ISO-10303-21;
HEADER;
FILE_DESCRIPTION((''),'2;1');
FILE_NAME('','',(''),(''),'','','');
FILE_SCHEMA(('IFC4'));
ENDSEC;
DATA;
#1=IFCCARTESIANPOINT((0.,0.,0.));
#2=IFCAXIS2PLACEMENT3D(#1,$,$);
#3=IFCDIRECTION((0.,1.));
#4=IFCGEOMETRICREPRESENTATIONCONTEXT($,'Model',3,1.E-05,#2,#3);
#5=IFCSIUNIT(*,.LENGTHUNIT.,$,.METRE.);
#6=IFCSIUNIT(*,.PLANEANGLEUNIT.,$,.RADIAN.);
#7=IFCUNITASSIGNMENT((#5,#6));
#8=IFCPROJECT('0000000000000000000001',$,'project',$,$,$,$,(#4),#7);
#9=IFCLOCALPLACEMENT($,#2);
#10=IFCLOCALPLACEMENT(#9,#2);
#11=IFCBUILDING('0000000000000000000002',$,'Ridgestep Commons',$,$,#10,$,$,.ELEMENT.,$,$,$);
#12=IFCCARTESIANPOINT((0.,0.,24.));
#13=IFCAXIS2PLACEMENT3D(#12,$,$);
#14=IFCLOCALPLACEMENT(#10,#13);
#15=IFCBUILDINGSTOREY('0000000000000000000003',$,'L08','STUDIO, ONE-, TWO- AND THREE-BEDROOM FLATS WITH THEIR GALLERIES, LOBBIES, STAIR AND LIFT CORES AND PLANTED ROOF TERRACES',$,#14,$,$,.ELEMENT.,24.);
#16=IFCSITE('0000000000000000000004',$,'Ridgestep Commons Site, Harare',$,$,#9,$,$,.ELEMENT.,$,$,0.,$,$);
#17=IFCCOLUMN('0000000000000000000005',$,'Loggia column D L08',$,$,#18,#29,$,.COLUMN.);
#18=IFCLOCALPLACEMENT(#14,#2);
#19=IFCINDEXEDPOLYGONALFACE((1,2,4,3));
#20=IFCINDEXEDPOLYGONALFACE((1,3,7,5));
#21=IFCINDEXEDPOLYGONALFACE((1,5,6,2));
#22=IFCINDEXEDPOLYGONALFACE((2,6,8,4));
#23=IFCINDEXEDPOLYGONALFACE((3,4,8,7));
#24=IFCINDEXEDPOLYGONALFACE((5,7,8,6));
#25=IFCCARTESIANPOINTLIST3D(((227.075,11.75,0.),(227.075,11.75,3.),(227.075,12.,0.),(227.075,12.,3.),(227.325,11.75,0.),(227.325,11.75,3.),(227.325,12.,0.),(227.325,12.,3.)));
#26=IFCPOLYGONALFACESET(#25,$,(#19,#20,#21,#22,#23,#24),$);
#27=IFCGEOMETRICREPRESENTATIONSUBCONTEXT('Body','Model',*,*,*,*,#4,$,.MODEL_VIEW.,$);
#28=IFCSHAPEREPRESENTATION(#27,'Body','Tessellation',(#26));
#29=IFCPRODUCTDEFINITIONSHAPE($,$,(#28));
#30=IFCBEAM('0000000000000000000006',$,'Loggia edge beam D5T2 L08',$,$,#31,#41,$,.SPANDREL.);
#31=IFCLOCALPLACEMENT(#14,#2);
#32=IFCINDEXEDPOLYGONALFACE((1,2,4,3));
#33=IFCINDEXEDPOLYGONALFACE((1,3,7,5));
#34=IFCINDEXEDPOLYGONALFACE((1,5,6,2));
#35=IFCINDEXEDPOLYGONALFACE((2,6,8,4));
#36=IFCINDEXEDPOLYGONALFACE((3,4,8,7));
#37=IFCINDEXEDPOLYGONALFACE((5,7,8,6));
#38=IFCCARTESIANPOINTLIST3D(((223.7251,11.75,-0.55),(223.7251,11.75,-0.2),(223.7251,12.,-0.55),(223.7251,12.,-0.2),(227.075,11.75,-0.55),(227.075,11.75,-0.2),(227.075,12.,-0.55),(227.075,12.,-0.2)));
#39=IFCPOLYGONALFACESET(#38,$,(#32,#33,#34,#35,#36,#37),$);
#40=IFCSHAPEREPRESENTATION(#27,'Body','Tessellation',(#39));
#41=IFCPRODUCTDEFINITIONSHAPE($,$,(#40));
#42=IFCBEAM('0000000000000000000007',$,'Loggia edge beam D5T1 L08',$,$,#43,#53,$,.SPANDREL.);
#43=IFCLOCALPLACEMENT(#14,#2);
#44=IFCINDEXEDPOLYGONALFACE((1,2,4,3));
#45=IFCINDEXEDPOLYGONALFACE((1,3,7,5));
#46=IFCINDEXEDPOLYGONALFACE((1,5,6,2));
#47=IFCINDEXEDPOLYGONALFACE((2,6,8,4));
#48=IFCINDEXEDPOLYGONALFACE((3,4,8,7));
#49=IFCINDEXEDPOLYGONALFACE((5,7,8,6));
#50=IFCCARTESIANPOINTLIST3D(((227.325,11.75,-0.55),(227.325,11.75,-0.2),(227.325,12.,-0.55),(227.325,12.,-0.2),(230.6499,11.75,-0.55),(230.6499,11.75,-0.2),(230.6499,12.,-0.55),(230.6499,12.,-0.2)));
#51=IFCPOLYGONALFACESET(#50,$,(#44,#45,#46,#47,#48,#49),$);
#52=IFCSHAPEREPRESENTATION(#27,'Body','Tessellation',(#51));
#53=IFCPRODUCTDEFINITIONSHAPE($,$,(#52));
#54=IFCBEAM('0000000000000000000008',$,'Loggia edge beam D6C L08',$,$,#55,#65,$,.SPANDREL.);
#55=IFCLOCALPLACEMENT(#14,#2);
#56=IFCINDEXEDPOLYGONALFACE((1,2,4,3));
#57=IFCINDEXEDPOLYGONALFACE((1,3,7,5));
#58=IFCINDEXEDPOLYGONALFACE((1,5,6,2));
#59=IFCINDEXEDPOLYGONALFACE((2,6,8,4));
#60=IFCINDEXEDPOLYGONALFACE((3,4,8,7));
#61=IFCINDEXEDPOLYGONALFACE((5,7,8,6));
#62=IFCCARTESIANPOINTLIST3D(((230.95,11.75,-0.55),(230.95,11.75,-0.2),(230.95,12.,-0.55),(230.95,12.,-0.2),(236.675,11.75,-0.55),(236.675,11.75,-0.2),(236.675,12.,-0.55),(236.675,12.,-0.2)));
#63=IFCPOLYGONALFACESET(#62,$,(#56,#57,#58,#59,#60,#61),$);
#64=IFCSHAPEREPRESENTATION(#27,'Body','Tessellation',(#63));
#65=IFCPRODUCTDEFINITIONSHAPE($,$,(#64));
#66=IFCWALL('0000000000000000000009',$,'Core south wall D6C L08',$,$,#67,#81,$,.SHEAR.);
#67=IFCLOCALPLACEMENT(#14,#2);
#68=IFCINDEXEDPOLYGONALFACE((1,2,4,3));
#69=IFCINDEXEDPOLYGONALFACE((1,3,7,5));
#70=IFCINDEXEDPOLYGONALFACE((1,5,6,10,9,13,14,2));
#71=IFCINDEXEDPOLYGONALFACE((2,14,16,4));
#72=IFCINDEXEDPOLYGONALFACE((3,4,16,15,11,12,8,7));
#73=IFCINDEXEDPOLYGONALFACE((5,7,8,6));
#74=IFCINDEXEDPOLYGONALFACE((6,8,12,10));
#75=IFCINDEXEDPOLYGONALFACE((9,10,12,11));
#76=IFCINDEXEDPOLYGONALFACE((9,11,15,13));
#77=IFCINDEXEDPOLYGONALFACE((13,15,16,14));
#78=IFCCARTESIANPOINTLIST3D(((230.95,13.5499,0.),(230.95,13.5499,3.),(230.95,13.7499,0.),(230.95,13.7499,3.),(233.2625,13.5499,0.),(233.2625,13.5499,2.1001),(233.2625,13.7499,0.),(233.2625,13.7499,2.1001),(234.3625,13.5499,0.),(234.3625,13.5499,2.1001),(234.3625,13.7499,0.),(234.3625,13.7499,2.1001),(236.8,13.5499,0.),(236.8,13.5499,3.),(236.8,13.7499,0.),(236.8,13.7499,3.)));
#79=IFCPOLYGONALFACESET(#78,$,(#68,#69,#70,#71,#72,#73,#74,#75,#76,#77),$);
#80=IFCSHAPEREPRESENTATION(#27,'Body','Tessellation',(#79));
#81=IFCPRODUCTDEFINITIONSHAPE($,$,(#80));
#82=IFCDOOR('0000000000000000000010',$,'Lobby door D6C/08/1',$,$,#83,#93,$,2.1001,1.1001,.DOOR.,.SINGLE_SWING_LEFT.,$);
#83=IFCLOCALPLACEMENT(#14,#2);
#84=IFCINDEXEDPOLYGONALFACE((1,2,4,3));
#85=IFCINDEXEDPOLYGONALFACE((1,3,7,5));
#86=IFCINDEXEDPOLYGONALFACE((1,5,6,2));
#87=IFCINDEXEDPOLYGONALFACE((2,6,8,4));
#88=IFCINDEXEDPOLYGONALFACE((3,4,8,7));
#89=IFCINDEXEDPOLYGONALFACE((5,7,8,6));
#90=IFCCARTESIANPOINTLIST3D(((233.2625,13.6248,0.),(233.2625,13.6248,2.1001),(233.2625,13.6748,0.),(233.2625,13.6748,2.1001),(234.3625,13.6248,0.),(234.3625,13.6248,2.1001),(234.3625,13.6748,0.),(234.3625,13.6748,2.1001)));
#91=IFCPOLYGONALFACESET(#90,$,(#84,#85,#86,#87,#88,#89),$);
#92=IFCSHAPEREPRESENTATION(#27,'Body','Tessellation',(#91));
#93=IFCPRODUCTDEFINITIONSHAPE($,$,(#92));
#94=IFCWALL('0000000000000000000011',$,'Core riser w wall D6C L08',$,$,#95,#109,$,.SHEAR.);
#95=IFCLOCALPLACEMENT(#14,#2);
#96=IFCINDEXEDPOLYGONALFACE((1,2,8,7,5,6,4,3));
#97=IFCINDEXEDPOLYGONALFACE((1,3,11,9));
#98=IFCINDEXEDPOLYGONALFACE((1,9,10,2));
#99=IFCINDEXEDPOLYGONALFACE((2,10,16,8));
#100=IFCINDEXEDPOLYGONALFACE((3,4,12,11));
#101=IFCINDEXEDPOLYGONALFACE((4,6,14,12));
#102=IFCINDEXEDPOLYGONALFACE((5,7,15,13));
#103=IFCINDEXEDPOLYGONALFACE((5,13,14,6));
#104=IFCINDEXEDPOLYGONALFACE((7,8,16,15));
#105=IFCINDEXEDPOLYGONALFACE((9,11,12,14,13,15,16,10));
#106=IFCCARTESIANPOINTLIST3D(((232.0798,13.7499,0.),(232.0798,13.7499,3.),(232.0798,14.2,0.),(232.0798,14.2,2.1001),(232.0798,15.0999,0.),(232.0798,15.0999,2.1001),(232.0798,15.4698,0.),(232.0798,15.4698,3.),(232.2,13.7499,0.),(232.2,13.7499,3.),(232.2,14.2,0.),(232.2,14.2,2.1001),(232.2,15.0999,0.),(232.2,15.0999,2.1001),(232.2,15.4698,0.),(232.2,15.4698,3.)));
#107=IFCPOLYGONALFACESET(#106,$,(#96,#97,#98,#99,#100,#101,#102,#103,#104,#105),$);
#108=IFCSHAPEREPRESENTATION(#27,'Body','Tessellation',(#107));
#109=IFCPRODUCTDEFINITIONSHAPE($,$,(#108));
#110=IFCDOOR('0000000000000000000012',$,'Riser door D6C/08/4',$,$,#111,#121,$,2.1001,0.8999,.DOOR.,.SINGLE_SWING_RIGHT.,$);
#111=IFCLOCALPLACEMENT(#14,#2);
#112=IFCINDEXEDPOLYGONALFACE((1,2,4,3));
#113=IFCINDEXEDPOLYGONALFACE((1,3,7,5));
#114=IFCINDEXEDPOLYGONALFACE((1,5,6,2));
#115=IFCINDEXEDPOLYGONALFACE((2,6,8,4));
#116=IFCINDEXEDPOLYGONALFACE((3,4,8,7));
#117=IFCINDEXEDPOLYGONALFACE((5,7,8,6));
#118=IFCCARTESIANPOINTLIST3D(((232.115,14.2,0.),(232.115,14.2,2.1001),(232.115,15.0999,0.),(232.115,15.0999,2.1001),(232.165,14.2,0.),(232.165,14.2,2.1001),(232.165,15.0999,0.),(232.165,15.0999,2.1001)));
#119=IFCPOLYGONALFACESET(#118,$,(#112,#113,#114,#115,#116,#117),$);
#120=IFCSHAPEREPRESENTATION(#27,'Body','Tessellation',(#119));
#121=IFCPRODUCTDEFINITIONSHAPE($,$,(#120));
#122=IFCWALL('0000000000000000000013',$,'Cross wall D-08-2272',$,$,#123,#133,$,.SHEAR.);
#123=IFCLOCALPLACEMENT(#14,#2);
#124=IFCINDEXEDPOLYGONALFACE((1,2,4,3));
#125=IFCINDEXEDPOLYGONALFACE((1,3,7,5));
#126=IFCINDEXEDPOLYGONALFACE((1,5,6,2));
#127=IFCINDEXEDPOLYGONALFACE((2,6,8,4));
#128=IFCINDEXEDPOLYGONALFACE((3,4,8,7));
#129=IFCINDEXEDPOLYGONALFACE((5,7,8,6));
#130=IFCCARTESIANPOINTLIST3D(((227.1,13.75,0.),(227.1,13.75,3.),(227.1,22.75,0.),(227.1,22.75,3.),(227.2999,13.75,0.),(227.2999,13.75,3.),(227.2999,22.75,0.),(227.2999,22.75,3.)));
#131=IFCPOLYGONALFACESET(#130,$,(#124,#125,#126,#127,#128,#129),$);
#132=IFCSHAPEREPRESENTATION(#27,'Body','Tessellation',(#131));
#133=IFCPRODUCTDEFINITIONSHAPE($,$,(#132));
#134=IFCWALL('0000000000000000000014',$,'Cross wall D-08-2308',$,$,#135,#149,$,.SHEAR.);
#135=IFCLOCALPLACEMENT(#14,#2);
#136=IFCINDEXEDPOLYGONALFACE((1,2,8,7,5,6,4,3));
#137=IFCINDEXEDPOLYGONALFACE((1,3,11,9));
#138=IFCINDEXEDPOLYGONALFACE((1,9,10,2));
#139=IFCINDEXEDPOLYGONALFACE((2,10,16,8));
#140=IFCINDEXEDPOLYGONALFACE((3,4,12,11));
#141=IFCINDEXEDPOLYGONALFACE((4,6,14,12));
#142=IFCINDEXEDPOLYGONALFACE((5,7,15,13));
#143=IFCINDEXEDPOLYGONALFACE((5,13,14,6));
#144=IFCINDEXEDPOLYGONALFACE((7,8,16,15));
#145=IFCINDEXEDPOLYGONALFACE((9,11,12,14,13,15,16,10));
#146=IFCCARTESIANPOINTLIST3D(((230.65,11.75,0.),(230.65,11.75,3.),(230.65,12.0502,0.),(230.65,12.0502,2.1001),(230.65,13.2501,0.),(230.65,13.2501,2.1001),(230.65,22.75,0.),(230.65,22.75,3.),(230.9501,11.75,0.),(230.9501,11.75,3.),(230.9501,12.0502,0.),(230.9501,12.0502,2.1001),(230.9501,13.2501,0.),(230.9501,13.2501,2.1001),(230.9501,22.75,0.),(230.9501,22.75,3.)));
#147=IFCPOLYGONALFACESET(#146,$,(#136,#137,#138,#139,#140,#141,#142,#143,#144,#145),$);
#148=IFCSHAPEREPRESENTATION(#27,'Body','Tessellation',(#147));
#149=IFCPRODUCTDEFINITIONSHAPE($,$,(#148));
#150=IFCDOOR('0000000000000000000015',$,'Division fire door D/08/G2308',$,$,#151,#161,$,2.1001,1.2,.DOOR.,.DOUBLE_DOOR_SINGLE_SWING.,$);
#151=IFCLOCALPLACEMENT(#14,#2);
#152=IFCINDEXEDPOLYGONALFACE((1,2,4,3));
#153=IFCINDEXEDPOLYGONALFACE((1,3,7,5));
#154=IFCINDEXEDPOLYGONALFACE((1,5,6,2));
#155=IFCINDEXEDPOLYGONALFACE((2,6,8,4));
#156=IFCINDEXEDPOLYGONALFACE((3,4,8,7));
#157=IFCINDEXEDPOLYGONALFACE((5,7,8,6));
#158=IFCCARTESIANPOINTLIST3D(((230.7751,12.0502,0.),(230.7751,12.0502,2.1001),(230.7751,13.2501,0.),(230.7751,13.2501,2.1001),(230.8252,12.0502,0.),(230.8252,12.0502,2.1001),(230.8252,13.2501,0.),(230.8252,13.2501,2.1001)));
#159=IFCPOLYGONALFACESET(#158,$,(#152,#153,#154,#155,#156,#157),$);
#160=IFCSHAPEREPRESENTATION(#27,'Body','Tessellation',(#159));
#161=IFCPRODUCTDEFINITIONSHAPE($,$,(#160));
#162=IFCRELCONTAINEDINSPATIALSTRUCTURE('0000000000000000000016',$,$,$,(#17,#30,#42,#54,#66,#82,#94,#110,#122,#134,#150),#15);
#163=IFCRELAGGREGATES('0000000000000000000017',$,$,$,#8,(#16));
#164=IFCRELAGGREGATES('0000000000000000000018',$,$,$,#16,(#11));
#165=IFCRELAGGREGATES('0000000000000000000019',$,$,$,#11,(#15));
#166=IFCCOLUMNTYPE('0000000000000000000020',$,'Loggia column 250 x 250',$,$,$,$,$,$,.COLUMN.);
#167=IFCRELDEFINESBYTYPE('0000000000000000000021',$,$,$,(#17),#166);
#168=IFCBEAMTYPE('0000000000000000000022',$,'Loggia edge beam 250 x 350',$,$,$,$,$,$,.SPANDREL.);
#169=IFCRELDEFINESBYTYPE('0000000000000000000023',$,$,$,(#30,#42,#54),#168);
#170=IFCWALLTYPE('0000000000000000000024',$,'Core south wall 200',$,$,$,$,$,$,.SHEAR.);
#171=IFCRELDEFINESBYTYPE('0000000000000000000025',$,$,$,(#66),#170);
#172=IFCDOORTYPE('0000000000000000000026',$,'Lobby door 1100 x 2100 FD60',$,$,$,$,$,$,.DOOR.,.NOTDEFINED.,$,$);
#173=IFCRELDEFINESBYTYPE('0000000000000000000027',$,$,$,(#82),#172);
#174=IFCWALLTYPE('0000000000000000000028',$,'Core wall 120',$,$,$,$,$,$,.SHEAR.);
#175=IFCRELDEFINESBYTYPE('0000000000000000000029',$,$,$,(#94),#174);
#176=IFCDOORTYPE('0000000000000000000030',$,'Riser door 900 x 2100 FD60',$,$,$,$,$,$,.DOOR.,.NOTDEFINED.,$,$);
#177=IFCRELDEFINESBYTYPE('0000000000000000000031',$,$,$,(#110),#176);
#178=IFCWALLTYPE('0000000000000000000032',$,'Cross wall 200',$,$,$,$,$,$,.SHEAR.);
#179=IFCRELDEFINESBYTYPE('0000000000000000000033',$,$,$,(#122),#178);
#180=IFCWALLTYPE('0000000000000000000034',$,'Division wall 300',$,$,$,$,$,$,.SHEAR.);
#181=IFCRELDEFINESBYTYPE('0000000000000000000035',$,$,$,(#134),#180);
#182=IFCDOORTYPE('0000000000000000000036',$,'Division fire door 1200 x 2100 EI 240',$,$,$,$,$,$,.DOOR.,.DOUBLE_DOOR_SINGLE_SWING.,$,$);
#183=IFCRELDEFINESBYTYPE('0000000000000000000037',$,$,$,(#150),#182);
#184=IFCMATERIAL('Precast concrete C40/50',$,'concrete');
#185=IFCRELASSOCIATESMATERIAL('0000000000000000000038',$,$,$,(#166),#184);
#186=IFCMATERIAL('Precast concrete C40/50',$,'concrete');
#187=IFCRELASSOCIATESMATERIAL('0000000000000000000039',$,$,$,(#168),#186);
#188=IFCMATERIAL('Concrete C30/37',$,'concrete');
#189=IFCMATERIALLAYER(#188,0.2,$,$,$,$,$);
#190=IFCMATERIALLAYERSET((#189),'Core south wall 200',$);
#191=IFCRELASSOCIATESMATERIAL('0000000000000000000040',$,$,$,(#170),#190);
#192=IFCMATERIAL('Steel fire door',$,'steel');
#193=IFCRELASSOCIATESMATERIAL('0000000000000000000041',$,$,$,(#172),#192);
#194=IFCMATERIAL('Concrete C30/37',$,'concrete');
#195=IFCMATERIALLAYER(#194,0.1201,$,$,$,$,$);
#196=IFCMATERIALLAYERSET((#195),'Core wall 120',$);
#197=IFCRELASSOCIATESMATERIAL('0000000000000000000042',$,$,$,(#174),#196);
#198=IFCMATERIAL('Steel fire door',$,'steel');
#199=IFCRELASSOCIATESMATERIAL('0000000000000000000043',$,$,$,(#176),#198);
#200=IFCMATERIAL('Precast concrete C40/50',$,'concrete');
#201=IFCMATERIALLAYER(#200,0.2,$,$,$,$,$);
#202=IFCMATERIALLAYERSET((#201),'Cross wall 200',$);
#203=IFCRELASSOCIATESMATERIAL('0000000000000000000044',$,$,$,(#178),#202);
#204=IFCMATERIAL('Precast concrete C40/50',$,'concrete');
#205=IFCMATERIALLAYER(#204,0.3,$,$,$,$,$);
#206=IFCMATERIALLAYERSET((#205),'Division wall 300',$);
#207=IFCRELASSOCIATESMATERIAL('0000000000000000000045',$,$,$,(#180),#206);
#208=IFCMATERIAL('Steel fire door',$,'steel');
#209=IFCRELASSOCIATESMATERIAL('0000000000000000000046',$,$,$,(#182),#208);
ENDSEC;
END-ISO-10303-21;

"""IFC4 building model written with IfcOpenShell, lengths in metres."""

from ifc_helpers import new_model, si_unit, direction, frame, frame_2d, origin, origin_2d, place, context, subcontext, project, spatial, rectangle, extrude, material, layer, layer_set, material_profile, profile_set, type_object, element, fill, save


model = new_model("IFC4")

# Units and contexts
model_context = context("Model", 3, precision=1e-05, world=origin(), true_north=direction((0.0, 1.0)))
body_context = subcontext(model_context, "Body", "Model", "MODEL_VIEW")
ifc_project = project(units=[si_unit("LENGTHUNIT", "METRE"), si_unit("PLANEANGLEUNIT", "RADIAN")], contexts=[model_context])

# Site, building, storey
site_placement = place(None, origin())
site = spatial("IfcSite", under=ifc_project, at=site_placement, Name="Ridgestep Commons Site, Harare", CompositionType="ELEMENT", RefElevation=0.0)
building_placement = place(site_placement, origin())
building = spatial("IfcBuilding", under=site, at=building_placement, Name="Ridgestep Commons", CompositionType="ELEMENT")
storey_placement = place(building_placement, frame((0.0, 0.0, 24.0)))
storey = spatial("IfcBuildingStorey", under=building, at=storey_placement, Name="L08", Description="STUDIO, ONE-, TWO- AND THREE-BEDROOM FLATS WITH THEIR GALLERIES, LOBBIES, STAIR AND LIFT CORES AND PLANTED ROOF TERRACES", CompositionType="ELEMENT", Elevation=24.0)

# Column
ifc_material_1 = material(Name="Precast concrete C40/50", Category="concrete")
ifc_material_profile_1 = material_profile(ifc_material_1, rectangle(XDim=0.25, YDim=0.25, at=origin_2d()), Name="PC 250x250")
ifc_profile_set_1 = profile_set([ifc_material_profile_1], Name="Precast concrete C40/50")
column_type = type_object("IfcColumnType", Name="Loggia column 250 x 250", PredefinedType="COLUMN", material=ifc_profile_set_1)
column_placement = place(storey_placement, frame((227.2, 11.875, 0.0), z_axis=(0.0, 0.0, 1.0), x_axis=(1.0, 0.0, 0.0)))
element("IfcColumn", 1, at=column_placement, inside=storey, type_object=column_type, Name="Loggia column D L08", PredefinedType="COLUMN", context=body_context, shape_type="SweptSolid", body=[
    extrude(rectangle(XDim=0.25, YDim=0.25, at=origin_2d()), origin(), (0.0, 0.0, 1.0), 3.0),
])

# Beams
ifc_material_2 = material(Name="Precast concrete C40/50", Category="concrete")
ifc_material_profile_2 = material_profile(ifc_material_2, rectangle(XDim=0.25, YDim=0.3501, at=origin_2d()), Name="PC 250x350")
ifc_profile_set_2 = profile_set([ifc_material_profile_2], Name="Precast concrete C40/50")
beam_type = type_object("IfcBeamType", Name="Loggia edge beam 250 x 350", PredefinedType="SPANDREL", material=ifc_profile_set_2)
beam_1_placement = place(storey_placement, frame((223.7251, 11.875, -0.375), z_axis=(1.0, 0.0, 0.0), x_axis=(0.0, 1.0, 0.0)))
element("IfcBeam", 2, at=beam_1_placement, inside=storey, type_object=beam_type, Name="Loggia edge beam D5T2 L08", PredefinedType="SPANDREL", context=body_context, shape_type="SweptSolid", body=[
    extrude(rectangle(XDim=0.25, YDim=0.3501, at=origin_2d()), origin(), (0.0, 0.0, 1.0), 3.3499),
])
beam_2_placement = place(storey_placement, frame((227.325, 11.875, -0.375), z_axis=(1.0, 0.0, 0.0), x_axis=(0.0, 1.0, 0.0)))
element("IfcBeam", 3, at=beam_2_placement, inside=storey, type_object=beam_type, Name="Loggia edge beam D5T1 L08", PredefinedType="SPANDREL", context=body_context, shape_type="SweptSolid", body=[
    extrude(rectangle(XDim=0.25, YDim=0.3501, at=origin_2d()), origin(), (0.0, 0.0, 1.0), 3.325),
])
beam_3_placement = place(storey_placement, frame((230.95, 11.875, -0.375), z_axis=(1.0, 0.0, 0.0), x_axis=(0.0, 1.0, 0.0)))
element("IfcBeam", 4, at=beam_3_placement, inside=storey, type_object=beam_type, Name="Loggia edge beam D6C L08", PredefinedType="SPANDREL", context=body_context, shape_type="SweptSolid", body=[
    extrude(rectangle(XDim=0.25, YDim=0.3501, at=origin_2d()), origin(), (0.0, 0.0, 1.0), 5.7251),
])

# Walls, openings, doors
ifc_material_3 = material(Name="Concrete C30/37", Category="concrete")
ifc_layer_1 = layer(ifc_material_3, 0.2)
ifc_layer_set_1 = layer_set([ifc_layer_1], Name="Core south wall 200")
wall_type_1 = type_object("IfcWallType", Name="Core south wall 200", PredefinedType="SHEAR", material=ifc_layer_set_1)
wall_1_placement = place(storey_placement, frame((230.95, 13.6499, 0.0), z_axis=(0.0, 0.0, 1.0), x_axis=(1.0, 0.0, 0.0)))
wall_1 = element("IfcWall", 5, at=wall_1_placement, inside=storey, type_object=wall_type_1, Name="Core south wall D6C L08", PredefinedType="SHEAR", context=body_context, shape_type="SweptSolid", body=[
    extrude(rectangle(XDim=5.8501, YDim=0.2, at=frame_2d((2.925, 0.0))), origin(), (0.0, 0.0, 1.0), 3.0),
])
opening_1_placement = place(wall_1_placement, frame((2.3125, 0.0, 0.0)))
opening_1 = element("IfcOpeningElement", 6, at=opening_1_placement, cuts=wall_1, PredefinedType="OPENING", context=body_context, shape_type="SweptSolid", body=[
    extrude(rectangle(XDim=1.1001, YDim=2.1001, at=frame_2d((0.55, 1.05))), frame((0.0, 0.1099, 0.0), z_axis=(0.0, -1.0, 0.0), x_axis=(1.0, 0.0, 0.0)), (0.0, 0.0, 1.0), 0.22),
])
ifc_material_4 = material(Name="Steel fire door", Category="steel")
door_type_1 = type_object("IfcDoorType", Name="Lobby door 1100 x 2100 FD60", OperationType="NOTDEFINED", PredefinedType="DOOR", material=ifc_material_4)
door_1_placement = place(opening_1_placement, origin())
door_1 = element("IfcDoor", 7, at=door_1_placement, inside=storey, type_object=door_type_1, Name="Lobby door D6C/08/1", OperationType="SINGLE_SWING_LEFT", OverallHeight=2.1001, OverallWidth=1.1001, PredefinedType="DOOR", context=body_context, shape_type="SweptSolid", body=[
    extrude(rectangle(XDim=1.1001, YDim=2.1001, at=frame_2d((0.55, 1.05))), frame((0.0, 0.0249, 0.0), z_axis=(0.0, -1.0, 0.0), x_axis=(1.0, 0.0, 0.0)), (0.0, 0.0, 1.0), 0.05),
])
fill(opening_1, door_1)
ifc_material_5 = material(Name="Concrete C30/37", Category="concrete")
ifc_layer_2 = layer(ifc_material_5, 0.1201)
ifc_layer_set_2 = layer_set([ifc_layer_2], Name="Core wall 120")
wall_type_2 = type_object("IfcWallType", Name="Core wall 120", PredefinedType="SHEAR", material=ifc_layer_set_2)
wall_2_placement = place(storey_placement, frame((232.1399, 13.75, 0.0), z_axis=(0.0, 0.0, 1.0), x_axis=(0.0, 1.0, 0.0)))
wall_2 = element("IfcWall", 8, at=wall_2_placement, inside=storey, type_object=wall_type_2, Name="Core riser w wall D6C L08", PredefinedType="SHEAR", context=body_context, shape_type="SweptSolid", body=[
    extrude(rectangle(XDim=1.72, YDim=0.1201, at=frame_2d((0.8599, 0.0))), origin(), (0.0, 0.0, 1.0), 3.0),
])
opening_2_placement = place(wall_2_placement, frame((0.45, 0.0, 0.0)))
opening_2 = element("IfcOpeningElement", 9, at=opening_2_placement, cuts=wall_2, PredefinedType="OPENING", context=body_context, shape_type="SweptSolid", body=[
    extrude(rectangle(XDim=0.8999, YDim=2.1001, at=frame_2d((0.45, 1.05))), frame((0.0, 0.0701, 0.0), z_axis=(0.0, -1.0, 0.0), x_axis=(1.0, 0.0, 0.0)), (0.0, 0.0, 1.0), 0.1401),
])
ifc_material_6 = material(Name="Steel fire door", Category="steel")
door_type_2 = type_object("IfcDoorType", Name="Riser door 900 x 2100 FD60", OperationType="NOTDEFINED", PredefinedType="DOOR", material=ifc_material_6)
door_2_placement = place(opening_2_placement, origin())
door_2 = element("IfcDoor", 10, at=door_2_placement, inside=storey, type_object=door_type_2, Name="Riser door D6C/08/4", OperationType="SINGLE_SWING_RIGHT", OverallHeight=2.1001, OverallWidth=0.8999, PredefinedType="DOOR", context=body_context, shape_type="SweptSolid", body=[
    extrude(rectangle(XDim=0.8999, YDim=2.1001, at=frame_2d((0.45, 1.05))), frame((0.0, 0.0249, 0.0), z_axis=(0.0, -1.0, 0.0), x_axis=(1.0, 0.0, 0.0)), (0.0, 0.0, 1.0), 0.05),
])
fill(opening_2, door_2)

# Wall
ifc_material_7 = material(Name="Precast concrete C40/50", Category="concrete")
ifc_layer_3 = layer(ifc_material_7, 0.2)
ifc_layer_set_3 = layer_set([ifc_layer_3], Name="Cross wall 200")
wall_type_3 = type_object("IfcWallType", Name="Cross wall 200", PredefinedType="SHEAR", material=ifc_layer_set_3)
wall_3_placement = place(storey_placement, frame((227.2, 13.75, 0.0), z_axis=(0.0, 0.0, 1.0), x_axis=(0.0, 1.0, 0.0)))
element("IfcWall", 11, at=wall_3_placement, inside=storey, type_object=wall_type_3, Name="Cross wall D-08-2272", PredefinedType="SHEAR", context=body_context, shape_type="SweptSolid", body=[
    extrude(rectangle(XDim=9.0, YDim=0.2, at=frame_2d((4.5, 0.0))), origin(), (0.0, 0.0, 1.0), 3.0),
])

# Wall, opening, door
ifc_material_8 = material(Name="Precast concrete C40/50", Category="concrete")
ifc_layer_4 = layer(ifc_material_8, 0.3)
ifc_layer_set_4 = layer_set([ifc_layer_4], Name="Division wall 300")
wall_type_4 = type_object("IfcWallType", Name="Division wall 300", PredefinedType="SHEAR", material=ifc_layer_set_4)
wall_4_placement = place(storey_placement, frame((230.8, 11.75, 0.0), z_axis=(0.0, 0.0, 1.0), x_axis=(0.0, 1.0, 0.0)))
wall_4 = element("IfcWall", 12, at=wall_4_placement, inside=storey, type_object=wall_type_4, Name="Cross wall D-08-2308", PredefinedType="SHEAR", context=body_context, shape_type="SweptSolid", body=[
    extrude(rectangle(XDim=11.0, YDim=0.3, at=frame_2d((5.5, 0.0))), origin(), (0.0, 0.0, 1.0), 3.0),
])
opening_3_placement = place(wall_4_placement, frame((0.3, 0.0, 0.0)))
opening_3 = element("IfcOpeningElement", 13, at=opening_3_placement, cuts=wall_4, PredefinedType="OPENING", context=body_context, shape_type="SweptSolid", body=[
    extrude(rectangle(XDim=1.2, YDim=2.1001, at=frame_2d((0.6001, 1.05))), frame((0.0, 0.1599, 0.0), z_axis=(0.0, -1.0, 0.0), x_axis=(1.0, 0.0, 0.0)), (0.0, 0.0, 1.0), 0.3201),
])
ifc_material_9 = material(Name="Steel fire door", Category="steel")
door_type_3 = type_object("IfcDoorType", Name="Division fire door 1200 x 2100 EI 240", OperationType="DOUBLE_DOOR_SINGLE_SWING", PredefinedType="DOOR", material=ifc_material_9)
door_3_placement = place(opening_3_placement, origin())
door_3 = element("IfcDoor", 14, at=door_3_placement, inside=storey, type_object=door_type_3, Name="Division fire door D/08/G2308", OperationType="DOUBLE_DOOR_SINGLE_SWING", OverallHeight=2.1001, OverallWidth=1.2, PredefinedType="DOOR", context=body_context, shape_type="SweptSolid", body=[
    extrude(rectangle(XDim=1.2, YDim=2.1001, at=frame_2d((0.6001, 1.05))), frame((0.0, 0.0249, 0.0), z_axis=(0.0, -1.0, 0.0), x_axis=(1.0, 0.0, 0.0)), (0.0, 0.0, 1.0), 0.05),
])
fill(opening_3, door_3)

save(model, "model.ifc")
